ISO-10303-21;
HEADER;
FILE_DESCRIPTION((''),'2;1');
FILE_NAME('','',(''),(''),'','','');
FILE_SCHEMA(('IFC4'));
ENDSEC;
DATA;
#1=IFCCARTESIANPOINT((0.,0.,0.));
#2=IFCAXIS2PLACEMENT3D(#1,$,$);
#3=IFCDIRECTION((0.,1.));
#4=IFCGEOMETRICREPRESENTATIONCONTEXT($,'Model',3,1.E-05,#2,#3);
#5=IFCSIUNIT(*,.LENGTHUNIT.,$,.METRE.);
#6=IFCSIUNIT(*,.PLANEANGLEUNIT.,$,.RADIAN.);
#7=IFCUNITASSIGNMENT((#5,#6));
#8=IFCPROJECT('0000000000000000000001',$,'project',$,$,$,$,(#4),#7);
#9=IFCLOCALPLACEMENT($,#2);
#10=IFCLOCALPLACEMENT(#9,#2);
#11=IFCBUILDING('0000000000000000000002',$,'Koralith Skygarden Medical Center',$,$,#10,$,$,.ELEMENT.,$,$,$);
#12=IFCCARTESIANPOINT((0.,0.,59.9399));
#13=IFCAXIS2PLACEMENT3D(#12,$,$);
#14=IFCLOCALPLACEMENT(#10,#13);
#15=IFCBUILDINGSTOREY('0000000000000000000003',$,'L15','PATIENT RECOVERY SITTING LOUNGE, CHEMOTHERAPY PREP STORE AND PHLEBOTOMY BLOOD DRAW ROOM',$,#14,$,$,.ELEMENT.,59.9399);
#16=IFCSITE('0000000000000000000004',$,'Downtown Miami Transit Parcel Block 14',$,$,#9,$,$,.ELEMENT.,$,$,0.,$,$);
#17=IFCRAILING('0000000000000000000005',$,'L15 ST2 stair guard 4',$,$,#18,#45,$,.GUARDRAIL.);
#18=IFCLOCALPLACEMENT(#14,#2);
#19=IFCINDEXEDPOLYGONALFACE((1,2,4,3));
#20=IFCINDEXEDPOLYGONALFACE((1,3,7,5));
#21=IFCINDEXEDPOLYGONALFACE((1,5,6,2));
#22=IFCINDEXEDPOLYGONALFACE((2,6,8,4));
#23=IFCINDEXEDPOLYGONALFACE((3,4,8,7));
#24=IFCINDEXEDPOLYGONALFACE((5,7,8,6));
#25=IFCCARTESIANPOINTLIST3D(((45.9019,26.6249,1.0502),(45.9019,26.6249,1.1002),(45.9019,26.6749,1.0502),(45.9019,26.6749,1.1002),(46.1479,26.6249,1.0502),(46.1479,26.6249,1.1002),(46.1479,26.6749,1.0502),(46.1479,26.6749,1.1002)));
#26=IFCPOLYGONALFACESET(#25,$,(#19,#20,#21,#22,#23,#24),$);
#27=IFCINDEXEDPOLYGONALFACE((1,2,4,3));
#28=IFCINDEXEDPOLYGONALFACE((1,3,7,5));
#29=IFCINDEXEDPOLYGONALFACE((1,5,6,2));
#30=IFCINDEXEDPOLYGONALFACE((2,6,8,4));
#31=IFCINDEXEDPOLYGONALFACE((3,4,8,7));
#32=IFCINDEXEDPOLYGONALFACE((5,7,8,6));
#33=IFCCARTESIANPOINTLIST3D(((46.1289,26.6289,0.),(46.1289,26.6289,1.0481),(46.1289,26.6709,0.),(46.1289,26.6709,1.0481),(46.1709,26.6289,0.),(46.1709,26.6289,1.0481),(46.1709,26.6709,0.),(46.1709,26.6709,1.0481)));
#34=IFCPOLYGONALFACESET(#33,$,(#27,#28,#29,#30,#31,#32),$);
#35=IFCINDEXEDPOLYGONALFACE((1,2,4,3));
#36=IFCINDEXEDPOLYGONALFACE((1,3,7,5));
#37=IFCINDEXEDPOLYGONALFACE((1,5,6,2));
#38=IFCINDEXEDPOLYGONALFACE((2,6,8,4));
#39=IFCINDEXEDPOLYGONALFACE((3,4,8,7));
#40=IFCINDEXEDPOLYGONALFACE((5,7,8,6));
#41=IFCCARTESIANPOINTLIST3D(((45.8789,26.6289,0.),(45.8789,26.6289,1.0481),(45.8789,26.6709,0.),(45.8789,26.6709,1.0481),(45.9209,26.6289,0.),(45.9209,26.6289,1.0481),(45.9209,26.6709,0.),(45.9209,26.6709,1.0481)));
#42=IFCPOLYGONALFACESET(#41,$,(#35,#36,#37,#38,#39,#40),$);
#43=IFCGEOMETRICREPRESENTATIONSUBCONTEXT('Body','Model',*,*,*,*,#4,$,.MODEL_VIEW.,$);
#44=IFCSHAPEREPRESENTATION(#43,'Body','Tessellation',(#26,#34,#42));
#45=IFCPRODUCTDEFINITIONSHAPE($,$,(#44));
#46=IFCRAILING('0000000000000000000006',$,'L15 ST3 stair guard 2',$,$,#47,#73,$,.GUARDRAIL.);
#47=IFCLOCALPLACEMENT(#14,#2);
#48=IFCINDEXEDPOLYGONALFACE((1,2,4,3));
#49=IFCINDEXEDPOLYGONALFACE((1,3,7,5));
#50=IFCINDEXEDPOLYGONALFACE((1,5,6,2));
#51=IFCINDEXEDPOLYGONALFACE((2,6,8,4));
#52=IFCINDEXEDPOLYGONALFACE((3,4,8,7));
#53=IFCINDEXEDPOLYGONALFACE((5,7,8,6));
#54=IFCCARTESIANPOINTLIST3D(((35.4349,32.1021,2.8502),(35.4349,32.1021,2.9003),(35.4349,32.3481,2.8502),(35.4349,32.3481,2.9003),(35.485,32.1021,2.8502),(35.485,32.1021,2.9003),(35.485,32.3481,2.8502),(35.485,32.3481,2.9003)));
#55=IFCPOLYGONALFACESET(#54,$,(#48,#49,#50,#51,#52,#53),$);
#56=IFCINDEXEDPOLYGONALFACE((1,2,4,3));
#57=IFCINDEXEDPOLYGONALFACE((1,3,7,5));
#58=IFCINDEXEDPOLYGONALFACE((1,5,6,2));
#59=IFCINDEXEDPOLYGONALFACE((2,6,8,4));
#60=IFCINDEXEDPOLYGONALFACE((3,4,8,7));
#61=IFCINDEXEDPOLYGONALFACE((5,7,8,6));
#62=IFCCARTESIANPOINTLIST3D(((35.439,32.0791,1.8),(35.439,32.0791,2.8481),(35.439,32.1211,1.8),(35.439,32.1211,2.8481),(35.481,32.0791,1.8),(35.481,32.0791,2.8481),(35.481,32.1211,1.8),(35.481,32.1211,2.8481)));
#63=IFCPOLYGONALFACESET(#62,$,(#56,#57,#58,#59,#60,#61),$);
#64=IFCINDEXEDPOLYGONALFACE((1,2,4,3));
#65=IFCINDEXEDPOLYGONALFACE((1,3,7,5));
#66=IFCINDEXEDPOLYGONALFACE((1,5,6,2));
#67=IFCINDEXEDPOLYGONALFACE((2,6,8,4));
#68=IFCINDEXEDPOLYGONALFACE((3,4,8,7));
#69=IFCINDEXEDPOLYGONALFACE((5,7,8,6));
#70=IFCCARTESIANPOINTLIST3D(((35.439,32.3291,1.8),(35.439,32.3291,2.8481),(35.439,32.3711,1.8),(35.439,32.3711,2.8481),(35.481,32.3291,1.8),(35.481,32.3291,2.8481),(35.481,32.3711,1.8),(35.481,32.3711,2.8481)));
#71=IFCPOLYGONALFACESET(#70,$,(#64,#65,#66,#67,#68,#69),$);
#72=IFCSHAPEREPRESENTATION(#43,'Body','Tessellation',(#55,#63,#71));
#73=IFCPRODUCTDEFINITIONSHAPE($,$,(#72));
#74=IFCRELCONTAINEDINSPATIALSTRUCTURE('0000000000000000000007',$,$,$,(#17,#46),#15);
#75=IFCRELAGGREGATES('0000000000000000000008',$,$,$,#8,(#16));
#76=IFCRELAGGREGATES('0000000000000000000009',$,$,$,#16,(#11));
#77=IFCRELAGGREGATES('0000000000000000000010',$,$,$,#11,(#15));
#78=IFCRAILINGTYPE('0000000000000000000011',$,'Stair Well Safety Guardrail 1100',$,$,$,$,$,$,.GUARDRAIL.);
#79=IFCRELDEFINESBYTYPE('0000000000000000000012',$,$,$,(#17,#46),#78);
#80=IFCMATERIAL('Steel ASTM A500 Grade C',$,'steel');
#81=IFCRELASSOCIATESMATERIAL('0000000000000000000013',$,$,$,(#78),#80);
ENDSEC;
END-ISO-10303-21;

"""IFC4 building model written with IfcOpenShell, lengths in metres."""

from ifc_helpers import new_model, si_unit, direction, frame, origin, origin_2d, place, context, subcontext, project, spatial, rectangle, extrude, material, type_object, element, save


model = new_model("IFC4")

# Units and contexts
model_context = context("Model", 3, precision=1e-05, world=origin(), true_north=direction((0.0, 1.0)))
body_context = subcontext(model_context, "Body", "Model", "MODEL_VIEW")
ifc_project = project(units=[si_unit("LENGTHUNIT", "METRE"), si_unit("PLANEANGLEUNIT", "RADIAN")], contexts=[model_context])

# Site, building, storey
site_placement = place(None, origin())
site = spatial("IfcSite", under=ifc_project, at=site_placement, Name="Downtown Miami Transit Parcel Block 14", CompositionType="ELEMENT", RefElevation=0.0)
building_placement = place(site_placement, origin())
building = spatial("IfcBuilding", under=site, at=building_placement, Name="Koralith Skygarden Medical Center", CompositionType="ELEMENT")
storey_placement = place(building_placement, frame((0.0, 0.0, 59.9399)))
storey = spatial("IfcBuildingStorey", under=building, at=storey_placement, Name="L15", Description="PATIENT RECOVERY SITTING LOUNGE, CHEMOTHERAPY PREP STORE AND PHLEBOTOMY BLOOD DRAW ROOM", CompositionType="ELEMENT", Elevation=59.9399)

# Shared definitions
ifc_material_1 = material(Name="Steel ASTM A500 Grade C", Category="steel")

# Railings
railing_type_1 = type_object("IfcRailingType", Name="Stair Well Safety Guardrail 1100", PredefinedType="GUARDRAIL", material=ifc_material_1)
railing_1_placement = place(storey_placement, frame((46.1499, 26.6499, 0.0)))
element("IfcRailing", 1, at=railing_1_placement, inside=storey, type_object=railing_type_1, Name="L15 ST2 stair guard 4", PredefinedType="GUARDRAIL", context=body_context, shape_type="SweptSolid", body=[
    extrude(rectangle(XDim=0.05, YDim=0.05, at=origin_2d()), frame((-0.002, 0.0, 1.0752), z_axis=(-1.0, 0.0, 0.0), x_axis=(0.0, -1.0, 0.0)), (0.0, 0.0, 1.0), 0.2461),
    extrude(rectangle(XDim=0.042, YDim=0.042, at=origin_2d()), origin(), (0.0, 0.0, 1.0), 1.0481),
    extrude(rectangle(XDim=0.042, YDim=0.042, at=origin_2d()), frame((-0.25, 0.0, 0.0)), (0.0, 0.0, 1.0), 1.0481),
])
railing_2_placement = place(storey_placement, frame((35.46, 32.1001, 1.8)))
element("IfcRailing", 2, at=railing_2_placement, inside=storey, type_object=railing_type_1, Name="L15 ST3 stair guard 2", PredefinedType="GUARDRAIL", context=body_context, shape_type="SweptSolid", body=[
    extrude(rectangle(XDim=0.05, YDim=0.05, at=origin_2d()), frame((0.0, 0.002, 1.0752), z_axis=(0.0, 1.0, 0.0), x_axis=(-1.0, 0.0, 0.0)), (0.0, 0.0, 1.0), 0.2461),
    extrude(rectangle(XDim=0.042, YDim=0.042, at=origin_2d()), origin(), (0.0, 0.0, 1.0), 1.0481),
    extrude(rectangle(XDim=0.042, YDim=0.042, at=origin_2d()), frame((0.0, 0.25, 0.0)), (0.0, 0.0, 1.0), 1.0481),
])

save(model, "model.ifc")
